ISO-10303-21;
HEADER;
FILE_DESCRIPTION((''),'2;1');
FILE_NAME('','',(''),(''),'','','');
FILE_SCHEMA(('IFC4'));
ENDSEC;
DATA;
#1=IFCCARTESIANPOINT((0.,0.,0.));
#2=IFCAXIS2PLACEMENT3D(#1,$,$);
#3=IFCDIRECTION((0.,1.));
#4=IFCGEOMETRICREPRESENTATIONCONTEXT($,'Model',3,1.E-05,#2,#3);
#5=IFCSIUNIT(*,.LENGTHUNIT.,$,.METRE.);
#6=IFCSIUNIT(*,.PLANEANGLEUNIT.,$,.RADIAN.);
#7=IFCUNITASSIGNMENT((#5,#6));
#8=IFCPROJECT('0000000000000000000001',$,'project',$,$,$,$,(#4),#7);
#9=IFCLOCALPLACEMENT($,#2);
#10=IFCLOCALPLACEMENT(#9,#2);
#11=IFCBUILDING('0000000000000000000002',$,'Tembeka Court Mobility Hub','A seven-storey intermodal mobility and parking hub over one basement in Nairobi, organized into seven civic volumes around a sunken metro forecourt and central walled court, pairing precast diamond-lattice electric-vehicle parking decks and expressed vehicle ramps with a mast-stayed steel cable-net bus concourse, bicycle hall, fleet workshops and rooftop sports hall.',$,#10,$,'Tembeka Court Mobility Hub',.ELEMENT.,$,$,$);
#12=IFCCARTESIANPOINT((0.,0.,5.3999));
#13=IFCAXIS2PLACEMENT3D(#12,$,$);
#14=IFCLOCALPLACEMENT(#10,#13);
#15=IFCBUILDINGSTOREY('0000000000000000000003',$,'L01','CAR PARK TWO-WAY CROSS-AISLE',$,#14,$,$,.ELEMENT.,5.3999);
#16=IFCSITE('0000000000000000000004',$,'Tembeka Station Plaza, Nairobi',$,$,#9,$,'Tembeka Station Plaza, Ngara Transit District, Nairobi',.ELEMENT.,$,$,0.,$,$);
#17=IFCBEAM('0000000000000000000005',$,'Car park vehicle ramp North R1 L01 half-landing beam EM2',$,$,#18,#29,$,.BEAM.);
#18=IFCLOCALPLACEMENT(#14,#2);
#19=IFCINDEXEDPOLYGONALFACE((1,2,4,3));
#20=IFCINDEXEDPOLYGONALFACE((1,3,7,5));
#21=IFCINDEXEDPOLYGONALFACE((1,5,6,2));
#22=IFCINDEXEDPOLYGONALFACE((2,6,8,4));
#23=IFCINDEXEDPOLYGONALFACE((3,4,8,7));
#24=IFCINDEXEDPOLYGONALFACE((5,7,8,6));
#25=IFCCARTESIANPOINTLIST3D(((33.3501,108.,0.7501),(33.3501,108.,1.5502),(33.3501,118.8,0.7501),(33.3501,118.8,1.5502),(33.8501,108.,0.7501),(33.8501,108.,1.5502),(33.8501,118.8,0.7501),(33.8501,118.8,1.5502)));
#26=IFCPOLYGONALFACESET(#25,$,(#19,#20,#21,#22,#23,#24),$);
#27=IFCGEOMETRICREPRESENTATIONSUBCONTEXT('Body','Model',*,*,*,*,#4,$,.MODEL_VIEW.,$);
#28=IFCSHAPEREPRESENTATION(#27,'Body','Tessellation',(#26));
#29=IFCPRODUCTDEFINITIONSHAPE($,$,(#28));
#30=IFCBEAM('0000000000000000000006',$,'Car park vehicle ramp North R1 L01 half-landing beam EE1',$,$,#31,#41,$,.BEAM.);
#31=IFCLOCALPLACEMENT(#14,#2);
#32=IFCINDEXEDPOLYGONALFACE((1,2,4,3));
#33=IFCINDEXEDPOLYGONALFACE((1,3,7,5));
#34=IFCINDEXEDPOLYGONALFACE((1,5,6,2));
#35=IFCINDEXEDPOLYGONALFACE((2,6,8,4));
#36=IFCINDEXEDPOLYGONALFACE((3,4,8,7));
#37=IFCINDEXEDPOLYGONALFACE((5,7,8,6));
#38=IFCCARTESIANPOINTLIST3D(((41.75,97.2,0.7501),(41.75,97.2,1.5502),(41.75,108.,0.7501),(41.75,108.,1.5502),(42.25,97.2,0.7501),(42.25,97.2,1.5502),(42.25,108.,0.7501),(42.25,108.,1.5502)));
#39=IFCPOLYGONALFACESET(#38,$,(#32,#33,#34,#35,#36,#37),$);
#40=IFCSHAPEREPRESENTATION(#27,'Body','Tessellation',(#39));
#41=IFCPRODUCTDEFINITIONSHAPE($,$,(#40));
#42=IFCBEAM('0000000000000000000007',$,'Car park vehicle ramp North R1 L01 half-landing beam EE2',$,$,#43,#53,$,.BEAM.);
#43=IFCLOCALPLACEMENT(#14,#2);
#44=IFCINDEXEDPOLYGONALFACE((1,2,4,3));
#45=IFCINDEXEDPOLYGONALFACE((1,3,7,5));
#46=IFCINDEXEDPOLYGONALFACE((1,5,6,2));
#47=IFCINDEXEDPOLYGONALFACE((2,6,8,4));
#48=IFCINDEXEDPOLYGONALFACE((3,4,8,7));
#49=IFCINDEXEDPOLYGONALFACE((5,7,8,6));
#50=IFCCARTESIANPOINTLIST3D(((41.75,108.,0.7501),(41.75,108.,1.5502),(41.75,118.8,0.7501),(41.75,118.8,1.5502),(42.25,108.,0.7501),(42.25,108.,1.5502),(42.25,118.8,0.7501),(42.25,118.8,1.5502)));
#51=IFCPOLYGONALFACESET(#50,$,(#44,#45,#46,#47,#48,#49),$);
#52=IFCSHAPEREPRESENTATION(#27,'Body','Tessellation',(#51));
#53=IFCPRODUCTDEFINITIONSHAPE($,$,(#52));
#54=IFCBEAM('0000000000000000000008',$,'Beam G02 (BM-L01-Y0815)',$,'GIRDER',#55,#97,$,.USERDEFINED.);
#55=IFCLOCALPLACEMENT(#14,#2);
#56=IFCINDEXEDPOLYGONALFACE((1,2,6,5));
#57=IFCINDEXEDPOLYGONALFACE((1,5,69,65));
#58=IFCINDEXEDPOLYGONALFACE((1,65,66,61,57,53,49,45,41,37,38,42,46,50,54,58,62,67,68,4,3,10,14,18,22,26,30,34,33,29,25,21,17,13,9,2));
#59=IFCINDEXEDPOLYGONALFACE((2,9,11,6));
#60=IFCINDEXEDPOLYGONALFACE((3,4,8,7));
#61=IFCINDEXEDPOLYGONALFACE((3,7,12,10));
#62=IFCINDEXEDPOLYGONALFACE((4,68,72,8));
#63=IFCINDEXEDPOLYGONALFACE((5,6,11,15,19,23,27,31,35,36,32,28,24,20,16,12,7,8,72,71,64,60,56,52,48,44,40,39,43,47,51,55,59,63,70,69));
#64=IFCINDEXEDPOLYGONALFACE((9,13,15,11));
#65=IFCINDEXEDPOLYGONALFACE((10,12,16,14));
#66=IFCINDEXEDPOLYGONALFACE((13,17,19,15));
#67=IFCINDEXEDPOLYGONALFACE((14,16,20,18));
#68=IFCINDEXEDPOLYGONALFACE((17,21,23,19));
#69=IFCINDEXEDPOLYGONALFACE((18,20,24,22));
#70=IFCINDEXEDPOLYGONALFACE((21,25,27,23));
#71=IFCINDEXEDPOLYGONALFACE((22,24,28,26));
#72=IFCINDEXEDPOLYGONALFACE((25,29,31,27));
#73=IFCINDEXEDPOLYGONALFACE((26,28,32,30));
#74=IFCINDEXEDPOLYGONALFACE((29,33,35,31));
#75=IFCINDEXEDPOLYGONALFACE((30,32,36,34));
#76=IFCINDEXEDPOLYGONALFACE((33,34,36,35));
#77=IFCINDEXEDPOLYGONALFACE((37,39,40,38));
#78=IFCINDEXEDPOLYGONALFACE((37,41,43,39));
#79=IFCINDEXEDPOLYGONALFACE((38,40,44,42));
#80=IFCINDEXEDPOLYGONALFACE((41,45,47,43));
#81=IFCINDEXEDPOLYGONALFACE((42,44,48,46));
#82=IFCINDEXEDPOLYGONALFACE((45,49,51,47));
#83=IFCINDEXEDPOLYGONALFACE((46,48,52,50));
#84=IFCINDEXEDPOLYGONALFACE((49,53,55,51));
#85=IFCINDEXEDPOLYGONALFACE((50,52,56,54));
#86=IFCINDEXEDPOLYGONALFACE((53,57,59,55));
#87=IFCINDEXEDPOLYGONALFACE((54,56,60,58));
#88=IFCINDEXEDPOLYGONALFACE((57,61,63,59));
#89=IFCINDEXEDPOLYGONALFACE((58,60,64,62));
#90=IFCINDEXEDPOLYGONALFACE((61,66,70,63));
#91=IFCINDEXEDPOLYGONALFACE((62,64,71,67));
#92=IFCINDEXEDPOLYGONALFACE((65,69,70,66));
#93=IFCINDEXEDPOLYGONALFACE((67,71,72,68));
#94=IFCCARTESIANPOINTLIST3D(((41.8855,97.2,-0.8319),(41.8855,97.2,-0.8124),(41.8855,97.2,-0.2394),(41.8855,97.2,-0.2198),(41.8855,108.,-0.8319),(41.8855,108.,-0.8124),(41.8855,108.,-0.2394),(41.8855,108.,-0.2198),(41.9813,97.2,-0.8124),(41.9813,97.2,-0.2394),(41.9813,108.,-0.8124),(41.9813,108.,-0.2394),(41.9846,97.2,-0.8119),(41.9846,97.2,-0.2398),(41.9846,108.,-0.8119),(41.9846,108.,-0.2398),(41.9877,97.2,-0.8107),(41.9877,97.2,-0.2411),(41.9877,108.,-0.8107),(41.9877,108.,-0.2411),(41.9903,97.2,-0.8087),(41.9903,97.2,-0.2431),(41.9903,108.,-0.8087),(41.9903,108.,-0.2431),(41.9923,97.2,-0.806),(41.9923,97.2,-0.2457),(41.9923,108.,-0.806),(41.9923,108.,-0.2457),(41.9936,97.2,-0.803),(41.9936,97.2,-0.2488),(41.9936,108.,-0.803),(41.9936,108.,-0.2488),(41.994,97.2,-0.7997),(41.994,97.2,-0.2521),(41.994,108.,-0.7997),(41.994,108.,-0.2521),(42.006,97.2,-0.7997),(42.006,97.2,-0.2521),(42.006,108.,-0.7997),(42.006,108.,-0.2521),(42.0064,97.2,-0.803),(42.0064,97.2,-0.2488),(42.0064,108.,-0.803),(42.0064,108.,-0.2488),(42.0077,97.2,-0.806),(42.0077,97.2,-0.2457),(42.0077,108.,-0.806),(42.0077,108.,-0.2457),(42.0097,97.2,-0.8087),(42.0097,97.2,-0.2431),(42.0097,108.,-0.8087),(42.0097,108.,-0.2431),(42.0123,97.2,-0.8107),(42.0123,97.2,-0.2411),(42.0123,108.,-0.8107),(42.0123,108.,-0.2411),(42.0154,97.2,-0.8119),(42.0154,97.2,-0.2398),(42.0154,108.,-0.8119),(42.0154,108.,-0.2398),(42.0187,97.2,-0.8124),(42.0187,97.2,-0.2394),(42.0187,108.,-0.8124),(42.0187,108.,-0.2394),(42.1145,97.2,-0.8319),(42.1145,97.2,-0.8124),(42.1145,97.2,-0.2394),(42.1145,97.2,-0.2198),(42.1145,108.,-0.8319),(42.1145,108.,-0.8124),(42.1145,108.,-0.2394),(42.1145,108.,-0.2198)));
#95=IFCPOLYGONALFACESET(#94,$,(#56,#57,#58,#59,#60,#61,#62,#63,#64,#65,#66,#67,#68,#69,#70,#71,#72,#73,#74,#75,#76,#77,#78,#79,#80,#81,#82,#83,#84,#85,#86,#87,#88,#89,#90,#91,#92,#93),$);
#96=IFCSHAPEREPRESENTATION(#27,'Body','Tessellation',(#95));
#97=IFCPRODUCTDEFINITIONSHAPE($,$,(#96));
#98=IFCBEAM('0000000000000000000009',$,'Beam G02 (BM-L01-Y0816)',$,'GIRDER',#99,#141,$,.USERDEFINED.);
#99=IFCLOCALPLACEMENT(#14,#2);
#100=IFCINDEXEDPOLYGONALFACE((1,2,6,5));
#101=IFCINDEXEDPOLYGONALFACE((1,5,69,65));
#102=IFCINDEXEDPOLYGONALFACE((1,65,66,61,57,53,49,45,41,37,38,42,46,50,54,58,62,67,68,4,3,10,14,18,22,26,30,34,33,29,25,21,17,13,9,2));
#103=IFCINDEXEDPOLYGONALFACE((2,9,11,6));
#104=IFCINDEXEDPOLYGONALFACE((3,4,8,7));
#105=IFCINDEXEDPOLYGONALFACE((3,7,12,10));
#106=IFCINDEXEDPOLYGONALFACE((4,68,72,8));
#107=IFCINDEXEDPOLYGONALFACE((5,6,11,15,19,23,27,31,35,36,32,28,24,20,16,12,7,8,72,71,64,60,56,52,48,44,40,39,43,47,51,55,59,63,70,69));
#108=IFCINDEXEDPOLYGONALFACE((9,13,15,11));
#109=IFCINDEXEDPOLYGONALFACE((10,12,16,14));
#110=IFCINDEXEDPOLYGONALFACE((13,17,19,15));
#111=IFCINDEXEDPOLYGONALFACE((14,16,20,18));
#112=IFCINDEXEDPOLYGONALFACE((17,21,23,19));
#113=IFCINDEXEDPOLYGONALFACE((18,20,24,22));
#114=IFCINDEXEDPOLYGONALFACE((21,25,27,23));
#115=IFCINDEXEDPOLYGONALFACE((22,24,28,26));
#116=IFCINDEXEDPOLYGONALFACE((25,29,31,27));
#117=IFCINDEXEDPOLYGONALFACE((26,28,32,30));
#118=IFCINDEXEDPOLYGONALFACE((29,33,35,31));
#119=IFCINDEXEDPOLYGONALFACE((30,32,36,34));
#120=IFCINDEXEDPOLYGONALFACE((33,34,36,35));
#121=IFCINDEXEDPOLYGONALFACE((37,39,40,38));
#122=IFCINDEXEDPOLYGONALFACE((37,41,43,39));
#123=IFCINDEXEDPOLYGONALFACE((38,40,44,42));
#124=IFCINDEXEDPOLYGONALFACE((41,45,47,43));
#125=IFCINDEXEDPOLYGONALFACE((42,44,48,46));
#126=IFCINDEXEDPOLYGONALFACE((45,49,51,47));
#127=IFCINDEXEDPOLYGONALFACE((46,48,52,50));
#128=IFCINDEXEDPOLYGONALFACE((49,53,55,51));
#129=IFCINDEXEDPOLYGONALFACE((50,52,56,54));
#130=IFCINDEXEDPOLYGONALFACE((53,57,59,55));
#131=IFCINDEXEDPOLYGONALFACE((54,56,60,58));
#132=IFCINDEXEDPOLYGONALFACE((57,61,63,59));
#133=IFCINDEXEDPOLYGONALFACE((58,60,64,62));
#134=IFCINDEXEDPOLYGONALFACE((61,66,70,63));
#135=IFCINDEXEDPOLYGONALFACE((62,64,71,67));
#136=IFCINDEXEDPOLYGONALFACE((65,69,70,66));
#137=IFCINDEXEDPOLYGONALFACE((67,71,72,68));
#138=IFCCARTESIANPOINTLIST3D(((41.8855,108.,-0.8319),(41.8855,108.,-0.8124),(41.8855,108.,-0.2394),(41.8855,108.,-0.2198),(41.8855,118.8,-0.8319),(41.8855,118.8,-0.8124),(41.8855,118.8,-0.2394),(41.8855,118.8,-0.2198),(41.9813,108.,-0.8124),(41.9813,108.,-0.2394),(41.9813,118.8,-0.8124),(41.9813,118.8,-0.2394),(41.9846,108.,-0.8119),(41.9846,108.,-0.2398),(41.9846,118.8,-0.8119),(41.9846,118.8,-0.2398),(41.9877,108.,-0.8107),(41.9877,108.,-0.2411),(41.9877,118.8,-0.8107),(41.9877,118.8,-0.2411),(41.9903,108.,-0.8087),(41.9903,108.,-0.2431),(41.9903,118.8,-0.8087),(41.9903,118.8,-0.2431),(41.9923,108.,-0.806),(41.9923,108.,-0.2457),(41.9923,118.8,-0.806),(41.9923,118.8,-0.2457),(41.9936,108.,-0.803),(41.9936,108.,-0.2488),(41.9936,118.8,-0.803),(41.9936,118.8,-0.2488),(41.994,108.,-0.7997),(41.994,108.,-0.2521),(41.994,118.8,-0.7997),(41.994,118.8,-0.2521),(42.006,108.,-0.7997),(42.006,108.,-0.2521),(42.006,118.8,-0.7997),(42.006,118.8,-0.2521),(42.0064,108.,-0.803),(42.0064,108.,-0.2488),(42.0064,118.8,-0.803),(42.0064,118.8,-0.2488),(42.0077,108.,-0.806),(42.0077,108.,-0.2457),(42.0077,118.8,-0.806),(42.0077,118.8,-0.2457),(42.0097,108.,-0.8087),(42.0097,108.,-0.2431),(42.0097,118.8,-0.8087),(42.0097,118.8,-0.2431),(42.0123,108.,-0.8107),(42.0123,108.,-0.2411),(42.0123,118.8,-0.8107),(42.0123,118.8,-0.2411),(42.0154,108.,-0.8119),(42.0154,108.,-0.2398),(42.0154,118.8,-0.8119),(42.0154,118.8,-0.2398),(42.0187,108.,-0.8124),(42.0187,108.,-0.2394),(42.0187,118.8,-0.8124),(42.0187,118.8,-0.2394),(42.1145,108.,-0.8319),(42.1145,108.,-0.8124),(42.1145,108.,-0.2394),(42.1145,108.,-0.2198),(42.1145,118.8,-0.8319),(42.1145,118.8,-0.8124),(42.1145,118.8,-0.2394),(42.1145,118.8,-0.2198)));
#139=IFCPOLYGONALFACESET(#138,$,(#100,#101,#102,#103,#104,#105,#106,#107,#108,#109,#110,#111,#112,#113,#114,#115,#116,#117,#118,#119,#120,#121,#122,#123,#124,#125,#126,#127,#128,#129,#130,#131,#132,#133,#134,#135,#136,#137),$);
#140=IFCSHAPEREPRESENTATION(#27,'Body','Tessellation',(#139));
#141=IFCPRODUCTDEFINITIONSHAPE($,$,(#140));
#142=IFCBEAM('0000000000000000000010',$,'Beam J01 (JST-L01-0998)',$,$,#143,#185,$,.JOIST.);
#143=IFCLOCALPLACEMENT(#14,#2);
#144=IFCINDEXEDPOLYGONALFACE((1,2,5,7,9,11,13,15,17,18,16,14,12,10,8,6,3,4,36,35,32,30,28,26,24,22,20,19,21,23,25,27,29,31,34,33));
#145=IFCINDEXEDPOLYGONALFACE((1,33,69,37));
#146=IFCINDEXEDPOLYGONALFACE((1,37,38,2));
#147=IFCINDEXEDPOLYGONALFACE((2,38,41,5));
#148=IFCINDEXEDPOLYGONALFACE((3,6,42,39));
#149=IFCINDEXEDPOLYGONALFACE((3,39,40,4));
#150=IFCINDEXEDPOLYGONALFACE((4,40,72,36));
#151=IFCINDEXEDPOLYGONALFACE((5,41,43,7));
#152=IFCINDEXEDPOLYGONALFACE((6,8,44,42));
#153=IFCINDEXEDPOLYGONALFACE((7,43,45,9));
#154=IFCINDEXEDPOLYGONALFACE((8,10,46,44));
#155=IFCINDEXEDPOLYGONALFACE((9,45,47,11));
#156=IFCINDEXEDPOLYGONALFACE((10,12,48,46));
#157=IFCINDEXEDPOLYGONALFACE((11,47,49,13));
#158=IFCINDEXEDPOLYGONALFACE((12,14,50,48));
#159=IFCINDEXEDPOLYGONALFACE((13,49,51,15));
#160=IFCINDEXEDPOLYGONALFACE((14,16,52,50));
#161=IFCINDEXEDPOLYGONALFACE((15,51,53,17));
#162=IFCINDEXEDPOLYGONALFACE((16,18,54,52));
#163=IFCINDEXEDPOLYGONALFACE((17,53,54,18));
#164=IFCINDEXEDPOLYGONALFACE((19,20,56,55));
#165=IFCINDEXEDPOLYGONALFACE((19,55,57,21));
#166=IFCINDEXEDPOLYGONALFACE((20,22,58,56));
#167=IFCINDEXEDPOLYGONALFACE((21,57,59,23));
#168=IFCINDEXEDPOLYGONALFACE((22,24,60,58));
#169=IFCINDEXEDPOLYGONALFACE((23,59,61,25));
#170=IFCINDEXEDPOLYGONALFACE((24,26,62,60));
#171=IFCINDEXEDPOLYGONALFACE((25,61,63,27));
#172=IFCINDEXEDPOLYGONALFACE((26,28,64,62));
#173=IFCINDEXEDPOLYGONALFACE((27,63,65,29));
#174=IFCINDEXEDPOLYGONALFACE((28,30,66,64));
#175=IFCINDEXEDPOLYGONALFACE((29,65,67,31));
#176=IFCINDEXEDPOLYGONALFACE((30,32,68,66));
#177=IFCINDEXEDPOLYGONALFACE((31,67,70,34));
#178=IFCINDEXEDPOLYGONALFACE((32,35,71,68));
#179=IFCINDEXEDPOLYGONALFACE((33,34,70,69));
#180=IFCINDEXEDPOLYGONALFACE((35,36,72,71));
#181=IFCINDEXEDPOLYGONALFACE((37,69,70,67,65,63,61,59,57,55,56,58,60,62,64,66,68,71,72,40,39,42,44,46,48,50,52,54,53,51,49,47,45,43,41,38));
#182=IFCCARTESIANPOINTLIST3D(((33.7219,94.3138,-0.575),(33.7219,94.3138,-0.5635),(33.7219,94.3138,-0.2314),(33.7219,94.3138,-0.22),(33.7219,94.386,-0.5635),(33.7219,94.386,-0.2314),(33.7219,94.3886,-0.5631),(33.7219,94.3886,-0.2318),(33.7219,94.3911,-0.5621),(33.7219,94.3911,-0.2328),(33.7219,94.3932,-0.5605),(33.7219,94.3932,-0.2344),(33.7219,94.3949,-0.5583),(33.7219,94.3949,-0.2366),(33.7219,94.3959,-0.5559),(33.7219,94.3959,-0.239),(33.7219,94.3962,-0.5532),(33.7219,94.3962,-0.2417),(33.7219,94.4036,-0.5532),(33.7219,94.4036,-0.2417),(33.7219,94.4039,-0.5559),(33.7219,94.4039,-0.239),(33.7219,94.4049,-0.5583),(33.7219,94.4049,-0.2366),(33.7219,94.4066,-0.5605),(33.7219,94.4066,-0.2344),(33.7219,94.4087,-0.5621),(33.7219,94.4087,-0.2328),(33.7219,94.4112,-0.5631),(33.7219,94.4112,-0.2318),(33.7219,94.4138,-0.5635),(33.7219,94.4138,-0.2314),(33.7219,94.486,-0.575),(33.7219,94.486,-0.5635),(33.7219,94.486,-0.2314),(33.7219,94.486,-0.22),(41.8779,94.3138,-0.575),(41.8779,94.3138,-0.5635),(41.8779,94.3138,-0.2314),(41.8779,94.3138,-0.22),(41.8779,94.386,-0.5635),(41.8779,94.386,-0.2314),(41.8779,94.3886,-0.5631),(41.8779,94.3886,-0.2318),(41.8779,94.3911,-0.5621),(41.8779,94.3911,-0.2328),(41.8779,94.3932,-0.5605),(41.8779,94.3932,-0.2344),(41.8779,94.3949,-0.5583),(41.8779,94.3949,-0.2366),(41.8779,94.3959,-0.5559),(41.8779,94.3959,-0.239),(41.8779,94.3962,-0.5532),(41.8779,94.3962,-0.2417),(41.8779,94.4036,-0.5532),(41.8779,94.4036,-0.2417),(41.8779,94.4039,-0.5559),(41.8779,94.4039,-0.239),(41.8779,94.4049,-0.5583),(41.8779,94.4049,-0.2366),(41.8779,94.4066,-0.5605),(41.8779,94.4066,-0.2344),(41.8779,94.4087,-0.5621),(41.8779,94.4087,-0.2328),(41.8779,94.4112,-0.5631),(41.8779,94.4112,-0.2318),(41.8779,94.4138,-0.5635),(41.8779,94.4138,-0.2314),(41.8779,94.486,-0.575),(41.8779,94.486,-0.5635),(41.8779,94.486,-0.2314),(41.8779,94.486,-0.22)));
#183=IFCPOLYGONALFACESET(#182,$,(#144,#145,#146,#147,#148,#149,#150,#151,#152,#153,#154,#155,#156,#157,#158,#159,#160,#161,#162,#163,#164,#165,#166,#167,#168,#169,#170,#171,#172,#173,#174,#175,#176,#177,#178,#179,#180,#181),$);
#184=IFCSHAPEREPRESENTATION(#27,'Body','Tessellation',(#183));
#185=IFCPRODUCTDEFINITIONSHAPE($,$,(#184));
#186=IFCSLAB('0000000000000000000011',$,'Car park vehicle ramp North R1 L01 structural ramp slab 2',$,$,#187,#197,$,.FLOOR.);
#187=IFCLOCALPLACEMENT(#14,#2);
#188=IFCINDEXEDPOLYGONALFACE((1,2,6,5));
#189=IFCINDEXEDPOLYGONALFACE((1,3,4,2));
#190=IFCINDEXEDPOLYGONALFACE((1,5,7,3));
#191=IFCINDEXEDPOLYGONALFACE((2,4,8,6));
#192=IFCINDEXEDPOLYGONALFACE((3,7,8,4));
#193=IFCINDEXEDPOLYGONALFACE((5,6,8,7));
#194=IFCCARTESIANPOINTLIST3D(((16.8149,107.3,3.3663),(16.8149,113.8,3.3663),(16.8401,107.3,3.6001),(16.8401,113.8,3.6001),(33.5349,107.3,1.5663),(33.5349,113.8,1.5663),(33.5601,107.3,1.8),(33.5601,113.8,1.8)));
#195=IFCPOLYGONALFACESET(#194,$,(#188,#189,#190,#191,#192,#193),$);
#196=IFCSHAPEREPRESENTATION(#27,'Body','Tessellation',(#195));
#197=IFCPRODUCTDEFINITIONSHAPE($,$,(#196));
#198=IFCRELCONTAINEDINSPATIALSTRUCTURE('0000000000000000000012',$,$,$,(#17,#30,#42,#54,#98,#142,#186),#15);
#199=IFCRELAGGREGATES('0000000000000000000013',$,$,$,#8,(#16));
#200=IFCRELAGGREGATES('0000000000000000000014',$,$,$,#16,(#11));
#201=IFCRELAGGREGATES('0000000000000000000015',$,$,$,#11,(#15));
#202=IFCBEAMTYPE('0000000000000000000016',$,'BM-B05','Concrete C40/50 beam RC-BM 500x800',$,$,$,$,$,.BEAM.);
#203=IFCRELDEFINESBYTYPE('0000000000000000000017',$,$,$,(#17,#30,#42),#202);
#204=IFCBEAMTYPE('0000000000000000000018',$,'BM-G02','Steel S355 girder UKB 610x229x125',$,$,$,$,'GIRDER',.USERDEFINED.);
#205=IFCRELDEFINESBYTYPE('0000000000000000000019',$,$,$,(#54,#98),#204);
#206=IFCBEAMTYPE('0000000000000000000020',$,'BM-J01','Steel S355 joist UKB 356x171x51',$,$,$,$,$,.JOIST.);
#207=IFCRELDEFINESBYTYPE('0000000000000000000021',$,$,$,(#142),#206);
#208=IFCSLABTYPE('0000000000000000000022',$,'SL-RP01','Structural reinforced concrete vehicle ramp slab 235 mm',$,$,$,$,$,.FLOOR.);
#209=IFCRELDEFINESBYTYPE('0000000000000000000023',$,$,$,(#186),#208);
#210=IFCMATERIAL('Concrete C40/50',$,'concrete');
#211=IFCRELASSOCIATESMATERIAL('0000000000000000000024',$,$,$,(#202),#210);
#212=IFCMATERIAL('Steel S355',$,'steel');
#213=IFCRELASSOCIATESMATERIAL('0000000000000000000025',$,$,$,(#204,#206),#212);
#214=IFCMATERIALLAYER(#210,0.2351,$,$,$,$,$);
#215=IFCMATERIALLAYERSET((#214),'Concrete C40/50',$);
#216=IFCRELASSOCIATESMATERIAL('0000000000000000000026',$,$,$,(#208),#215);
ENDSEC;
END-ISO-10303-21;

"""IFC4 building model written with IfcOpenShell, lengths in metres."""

from ifc_helpers import new_model, si_unit, direction, frame, origin, origin_2d, place, context, subcontext, project, spatial, polyline, rectangle, i_section, outline, extrude, material, layer, layer_set, material_profile, profile_set, type_object, element, save


model = new_model("IFC4")

# Units and contexts
model_context = context("Model", 3, precision=1e-05, world=origin(), true_north=direction((0.0, 1.0)))
body_context = subcontext(model_context, "Body", "Model", "MODEL_VIEW")
ifc_project = project(units=[si_unit("LENGTHUNIT", "METRE"), si_unit("PLANEANGLEUNIT", "RADIAN")], contexts=[model_context])

# Site, building, storey
site_placement = place(None, origin())
site = spatial("IfcSite", under=ifc_project, at=site_placement, Name="Tembeka Station Plaza, Nairobi", LongName="Tembeka Station Plaza, Ngara Transit District, Nairobi", CompositionType="ELEMENT", RefElevation=0.0)
building_placement = place(site_placement, origin())
building = spatial("IfcBuilding", under=site, at=building_placement, Name="Tembeka Court Mobility Hub", Description="A seven-storey intermodal mobility and parking hub over one basement in Nairobi, organized into seven civic volumes around a sunken metro forecourt and central walled court, pairing precast diamond-lattice electric-vehicle parking decks and expressed vehicle ramps with a mast-stayed steel cable-net bus concourse, bicycle hall, fleet workshops and rooftop sports hall.", LongName="Tembeka Court Mobility Hub", CompositionType="ELEMENT")
storey_placement = place(building_placement, frame((0.0, 0.0, 5.3999)))
storey = spatial("IfcBuildingStorey", under=building, at=storey_placement, Name="L01", Description="CAR PARK TWO-WAY CROSS-AISLE", CompositionType="ELEMENT", Elevation=5.3999)

# Shared definitions
ifc_material_1 = material(Name="Steel S355", Category="steel")

# Beams
ifc_material_2 = material(Name="Concrete C40/50", Category="concrete")
ifc_material_profile_1 = material_profile(ifc_material_2, rectangle(XDim=0.5, YDim=0.8, at=origin_2d()), Name="RC-BM 500x800")
ifc_profile_set_1 = profile_set([ifc_material_profile_1], Name="Concrete C40/50")
beam_type_1 = type_object("IfcBeamType", Name="BM-B05", Description="Concrete C40/50 beam RC-BM 500x800", PredefinedType="BEAM", material=ifc_profile_set_1)
for number, where, z_axis, x_axis, name in (
    (1, (33.6001, 108.0, 1.1501), (0.0, 1.0, 0.0), (-1.0, 0.0, 0.0), "Car park vehicle ramp North R1 L01 half-landing beam EM2"),
    (2, (42.0, 97.2, 1.1501), (0.0, 1.0, 0.0), (-1.0, 0.0, 0.0), "Car park vehicle ramp North R1 L01 half-landing beam EE1"),
    (3, (42.0, 108.0, 1.1501), (0.0, 1.0, 0.0), (-1.0, 0.0, 0.0), "Car park vehicle ramp North R1 L01 half-landing beam EE2"),
):
    element("IfcBeam", number, at=place(storey_placement, frame(where, z_axis=z_axis, x_axis=x_axis)), inside=storey, type_object=beam_type_1, Name=name, PredefinedType="BEAM", context=body_context, shape_type="SweptSolid", body=[
        extrude(rectangle(XDim=0.5, YDim=0.8, at=origin_2d()), origin(), (0.0, 0.0, 1.0), 10.8),
    ])
ifc_material_profile_2 = material_profile(ifc_material_1, i_section(OverallWidth=0.229, OverallDepth=0.6121, WebThickness=0.012, FlangeThickness=0.0195, FilletRadius=0.0127, at=origin_2d()), Name="UKB 610x229x125")
ifc_profile_set_2 = profile_set([ifc_material_profile_2], Name="Steel S355")
beam_type_2 = type_object("IfcBeamType", Name="BM-G02", Description="Steel S355 girder UKB 610x229x125", ElementType="GIRDER", PredefinedType="USERDEFINED", material=ifc_profile_set_2)
for number, where, z_axis, x_axis, name in (
    (4, (42.0, 97.2, -0.5259), (0.0, 1.0, 0.0), (-1.0, 0.0, 0.0), "Beam G02 (BM-L01-Y0815)"),
    (5, (42.0, 108.0, -0.5259), (0.0, 1.0, 0.0), (-1.0, 0.0, 0.0), "Beam G02 (BM-L01-Y0816)"),
):
    element("IfcBeam", number, at=place(storey_placement, frame(where, z_axis=z_axis, x_axis=x_axis)), inside=storey, type_object=beam_type_2, Name=name, ObjectType="GIRDER", PredefinedType="USERDEFINED", context=body_context, shape_type="SweptSolid", body=[
        extrude(i_section(OverallWidth=0.229, OverallDepth=0.6121, WebThickness=0.012, FlangeThickness=0.0195, FilletRadius=0.0127, at=origin_2d()), origin(), (0.0, 0.0, 1.0), 10.8),
    ])
ifc_material_profile_3 = material_profile(ifc_material_1, i_section(OverallWidth=0.1721, OverallDepth=0.355, WebThickness=0.0073, FlangeThickness=0.0115, FilletRadius=0.0103, at=origin_2d()), Name="UKB 356x171x51")
ifc_profile_set_3 = profile_set([ifc_material_profile_3], Name="Steel S355")
beam_type_3 = type_object("IfcBeamType", Name="BM-J01", Description="Steel S355 joist UKB 356x171x51", PredefinedType="JOIST", material=ifc_profile_set_3)
beam_placement = place(storey_placement, frame((33.7219, 94.3999, -0.3975), z_axis=(1.0, 0.0, 0.0), x_axis=(0.0, 1.0, 0.0)))
element("IfcBeam", 6, at=beam_placement, inside=storey, type_object=beam_type_3, Name="Beam J01 (JST-L01-0998)", PredefinedType="JOIST", context=body_context, shape_type="SweptSolid", body=[
    extrude(i_section(OverallWidth=0.1721, OverallDepth=0.355, WebThickness=0.0073, FlangeThickness=0.0115, FilletRadius=0.0103, at=origin_2d()), origin(), (0.0, 0.0, 1.0), 8.156),
])

# Slab
ifc_layer = layer(ifc_material_2, 0.2351)
ifc_layer_set = layer_set([ifc_layer], Name="Concrete C40/50")
slab_type = type_object("IfcSlabType", Name="SL-RP01", Description="Structural reinforced concrete vehicle ramp slab 235 mm", PredefinedType="FLOOR", material=ifc_layer_set)
slab_placement = place(storey_placement, frame((33.5601, 107.3, 1.8), z_axis=(0.10704, 0.0, 0.994255), x_axis=(-0.994255, 0.0, 0.10704)))
element("IfcSlab", 7, at=slab_placement, inside=storey, type_object=slab_type, Name="Car park vehicle ramp North R1 L01 structural ramp slab 2", PredefinedType="FLOOR", context=body_context, shape_type="SweptSolid", body=[
    extrude(outline(polyline([(0.0, 0.0), (16.8166, 0.0), (16.8166, -6.5), (0.0, -6.5), (0.0, 0.0)])), origin(), (0.0, 0.0, -1.0), 0.2351),
])

save(model, "model.ifc")
